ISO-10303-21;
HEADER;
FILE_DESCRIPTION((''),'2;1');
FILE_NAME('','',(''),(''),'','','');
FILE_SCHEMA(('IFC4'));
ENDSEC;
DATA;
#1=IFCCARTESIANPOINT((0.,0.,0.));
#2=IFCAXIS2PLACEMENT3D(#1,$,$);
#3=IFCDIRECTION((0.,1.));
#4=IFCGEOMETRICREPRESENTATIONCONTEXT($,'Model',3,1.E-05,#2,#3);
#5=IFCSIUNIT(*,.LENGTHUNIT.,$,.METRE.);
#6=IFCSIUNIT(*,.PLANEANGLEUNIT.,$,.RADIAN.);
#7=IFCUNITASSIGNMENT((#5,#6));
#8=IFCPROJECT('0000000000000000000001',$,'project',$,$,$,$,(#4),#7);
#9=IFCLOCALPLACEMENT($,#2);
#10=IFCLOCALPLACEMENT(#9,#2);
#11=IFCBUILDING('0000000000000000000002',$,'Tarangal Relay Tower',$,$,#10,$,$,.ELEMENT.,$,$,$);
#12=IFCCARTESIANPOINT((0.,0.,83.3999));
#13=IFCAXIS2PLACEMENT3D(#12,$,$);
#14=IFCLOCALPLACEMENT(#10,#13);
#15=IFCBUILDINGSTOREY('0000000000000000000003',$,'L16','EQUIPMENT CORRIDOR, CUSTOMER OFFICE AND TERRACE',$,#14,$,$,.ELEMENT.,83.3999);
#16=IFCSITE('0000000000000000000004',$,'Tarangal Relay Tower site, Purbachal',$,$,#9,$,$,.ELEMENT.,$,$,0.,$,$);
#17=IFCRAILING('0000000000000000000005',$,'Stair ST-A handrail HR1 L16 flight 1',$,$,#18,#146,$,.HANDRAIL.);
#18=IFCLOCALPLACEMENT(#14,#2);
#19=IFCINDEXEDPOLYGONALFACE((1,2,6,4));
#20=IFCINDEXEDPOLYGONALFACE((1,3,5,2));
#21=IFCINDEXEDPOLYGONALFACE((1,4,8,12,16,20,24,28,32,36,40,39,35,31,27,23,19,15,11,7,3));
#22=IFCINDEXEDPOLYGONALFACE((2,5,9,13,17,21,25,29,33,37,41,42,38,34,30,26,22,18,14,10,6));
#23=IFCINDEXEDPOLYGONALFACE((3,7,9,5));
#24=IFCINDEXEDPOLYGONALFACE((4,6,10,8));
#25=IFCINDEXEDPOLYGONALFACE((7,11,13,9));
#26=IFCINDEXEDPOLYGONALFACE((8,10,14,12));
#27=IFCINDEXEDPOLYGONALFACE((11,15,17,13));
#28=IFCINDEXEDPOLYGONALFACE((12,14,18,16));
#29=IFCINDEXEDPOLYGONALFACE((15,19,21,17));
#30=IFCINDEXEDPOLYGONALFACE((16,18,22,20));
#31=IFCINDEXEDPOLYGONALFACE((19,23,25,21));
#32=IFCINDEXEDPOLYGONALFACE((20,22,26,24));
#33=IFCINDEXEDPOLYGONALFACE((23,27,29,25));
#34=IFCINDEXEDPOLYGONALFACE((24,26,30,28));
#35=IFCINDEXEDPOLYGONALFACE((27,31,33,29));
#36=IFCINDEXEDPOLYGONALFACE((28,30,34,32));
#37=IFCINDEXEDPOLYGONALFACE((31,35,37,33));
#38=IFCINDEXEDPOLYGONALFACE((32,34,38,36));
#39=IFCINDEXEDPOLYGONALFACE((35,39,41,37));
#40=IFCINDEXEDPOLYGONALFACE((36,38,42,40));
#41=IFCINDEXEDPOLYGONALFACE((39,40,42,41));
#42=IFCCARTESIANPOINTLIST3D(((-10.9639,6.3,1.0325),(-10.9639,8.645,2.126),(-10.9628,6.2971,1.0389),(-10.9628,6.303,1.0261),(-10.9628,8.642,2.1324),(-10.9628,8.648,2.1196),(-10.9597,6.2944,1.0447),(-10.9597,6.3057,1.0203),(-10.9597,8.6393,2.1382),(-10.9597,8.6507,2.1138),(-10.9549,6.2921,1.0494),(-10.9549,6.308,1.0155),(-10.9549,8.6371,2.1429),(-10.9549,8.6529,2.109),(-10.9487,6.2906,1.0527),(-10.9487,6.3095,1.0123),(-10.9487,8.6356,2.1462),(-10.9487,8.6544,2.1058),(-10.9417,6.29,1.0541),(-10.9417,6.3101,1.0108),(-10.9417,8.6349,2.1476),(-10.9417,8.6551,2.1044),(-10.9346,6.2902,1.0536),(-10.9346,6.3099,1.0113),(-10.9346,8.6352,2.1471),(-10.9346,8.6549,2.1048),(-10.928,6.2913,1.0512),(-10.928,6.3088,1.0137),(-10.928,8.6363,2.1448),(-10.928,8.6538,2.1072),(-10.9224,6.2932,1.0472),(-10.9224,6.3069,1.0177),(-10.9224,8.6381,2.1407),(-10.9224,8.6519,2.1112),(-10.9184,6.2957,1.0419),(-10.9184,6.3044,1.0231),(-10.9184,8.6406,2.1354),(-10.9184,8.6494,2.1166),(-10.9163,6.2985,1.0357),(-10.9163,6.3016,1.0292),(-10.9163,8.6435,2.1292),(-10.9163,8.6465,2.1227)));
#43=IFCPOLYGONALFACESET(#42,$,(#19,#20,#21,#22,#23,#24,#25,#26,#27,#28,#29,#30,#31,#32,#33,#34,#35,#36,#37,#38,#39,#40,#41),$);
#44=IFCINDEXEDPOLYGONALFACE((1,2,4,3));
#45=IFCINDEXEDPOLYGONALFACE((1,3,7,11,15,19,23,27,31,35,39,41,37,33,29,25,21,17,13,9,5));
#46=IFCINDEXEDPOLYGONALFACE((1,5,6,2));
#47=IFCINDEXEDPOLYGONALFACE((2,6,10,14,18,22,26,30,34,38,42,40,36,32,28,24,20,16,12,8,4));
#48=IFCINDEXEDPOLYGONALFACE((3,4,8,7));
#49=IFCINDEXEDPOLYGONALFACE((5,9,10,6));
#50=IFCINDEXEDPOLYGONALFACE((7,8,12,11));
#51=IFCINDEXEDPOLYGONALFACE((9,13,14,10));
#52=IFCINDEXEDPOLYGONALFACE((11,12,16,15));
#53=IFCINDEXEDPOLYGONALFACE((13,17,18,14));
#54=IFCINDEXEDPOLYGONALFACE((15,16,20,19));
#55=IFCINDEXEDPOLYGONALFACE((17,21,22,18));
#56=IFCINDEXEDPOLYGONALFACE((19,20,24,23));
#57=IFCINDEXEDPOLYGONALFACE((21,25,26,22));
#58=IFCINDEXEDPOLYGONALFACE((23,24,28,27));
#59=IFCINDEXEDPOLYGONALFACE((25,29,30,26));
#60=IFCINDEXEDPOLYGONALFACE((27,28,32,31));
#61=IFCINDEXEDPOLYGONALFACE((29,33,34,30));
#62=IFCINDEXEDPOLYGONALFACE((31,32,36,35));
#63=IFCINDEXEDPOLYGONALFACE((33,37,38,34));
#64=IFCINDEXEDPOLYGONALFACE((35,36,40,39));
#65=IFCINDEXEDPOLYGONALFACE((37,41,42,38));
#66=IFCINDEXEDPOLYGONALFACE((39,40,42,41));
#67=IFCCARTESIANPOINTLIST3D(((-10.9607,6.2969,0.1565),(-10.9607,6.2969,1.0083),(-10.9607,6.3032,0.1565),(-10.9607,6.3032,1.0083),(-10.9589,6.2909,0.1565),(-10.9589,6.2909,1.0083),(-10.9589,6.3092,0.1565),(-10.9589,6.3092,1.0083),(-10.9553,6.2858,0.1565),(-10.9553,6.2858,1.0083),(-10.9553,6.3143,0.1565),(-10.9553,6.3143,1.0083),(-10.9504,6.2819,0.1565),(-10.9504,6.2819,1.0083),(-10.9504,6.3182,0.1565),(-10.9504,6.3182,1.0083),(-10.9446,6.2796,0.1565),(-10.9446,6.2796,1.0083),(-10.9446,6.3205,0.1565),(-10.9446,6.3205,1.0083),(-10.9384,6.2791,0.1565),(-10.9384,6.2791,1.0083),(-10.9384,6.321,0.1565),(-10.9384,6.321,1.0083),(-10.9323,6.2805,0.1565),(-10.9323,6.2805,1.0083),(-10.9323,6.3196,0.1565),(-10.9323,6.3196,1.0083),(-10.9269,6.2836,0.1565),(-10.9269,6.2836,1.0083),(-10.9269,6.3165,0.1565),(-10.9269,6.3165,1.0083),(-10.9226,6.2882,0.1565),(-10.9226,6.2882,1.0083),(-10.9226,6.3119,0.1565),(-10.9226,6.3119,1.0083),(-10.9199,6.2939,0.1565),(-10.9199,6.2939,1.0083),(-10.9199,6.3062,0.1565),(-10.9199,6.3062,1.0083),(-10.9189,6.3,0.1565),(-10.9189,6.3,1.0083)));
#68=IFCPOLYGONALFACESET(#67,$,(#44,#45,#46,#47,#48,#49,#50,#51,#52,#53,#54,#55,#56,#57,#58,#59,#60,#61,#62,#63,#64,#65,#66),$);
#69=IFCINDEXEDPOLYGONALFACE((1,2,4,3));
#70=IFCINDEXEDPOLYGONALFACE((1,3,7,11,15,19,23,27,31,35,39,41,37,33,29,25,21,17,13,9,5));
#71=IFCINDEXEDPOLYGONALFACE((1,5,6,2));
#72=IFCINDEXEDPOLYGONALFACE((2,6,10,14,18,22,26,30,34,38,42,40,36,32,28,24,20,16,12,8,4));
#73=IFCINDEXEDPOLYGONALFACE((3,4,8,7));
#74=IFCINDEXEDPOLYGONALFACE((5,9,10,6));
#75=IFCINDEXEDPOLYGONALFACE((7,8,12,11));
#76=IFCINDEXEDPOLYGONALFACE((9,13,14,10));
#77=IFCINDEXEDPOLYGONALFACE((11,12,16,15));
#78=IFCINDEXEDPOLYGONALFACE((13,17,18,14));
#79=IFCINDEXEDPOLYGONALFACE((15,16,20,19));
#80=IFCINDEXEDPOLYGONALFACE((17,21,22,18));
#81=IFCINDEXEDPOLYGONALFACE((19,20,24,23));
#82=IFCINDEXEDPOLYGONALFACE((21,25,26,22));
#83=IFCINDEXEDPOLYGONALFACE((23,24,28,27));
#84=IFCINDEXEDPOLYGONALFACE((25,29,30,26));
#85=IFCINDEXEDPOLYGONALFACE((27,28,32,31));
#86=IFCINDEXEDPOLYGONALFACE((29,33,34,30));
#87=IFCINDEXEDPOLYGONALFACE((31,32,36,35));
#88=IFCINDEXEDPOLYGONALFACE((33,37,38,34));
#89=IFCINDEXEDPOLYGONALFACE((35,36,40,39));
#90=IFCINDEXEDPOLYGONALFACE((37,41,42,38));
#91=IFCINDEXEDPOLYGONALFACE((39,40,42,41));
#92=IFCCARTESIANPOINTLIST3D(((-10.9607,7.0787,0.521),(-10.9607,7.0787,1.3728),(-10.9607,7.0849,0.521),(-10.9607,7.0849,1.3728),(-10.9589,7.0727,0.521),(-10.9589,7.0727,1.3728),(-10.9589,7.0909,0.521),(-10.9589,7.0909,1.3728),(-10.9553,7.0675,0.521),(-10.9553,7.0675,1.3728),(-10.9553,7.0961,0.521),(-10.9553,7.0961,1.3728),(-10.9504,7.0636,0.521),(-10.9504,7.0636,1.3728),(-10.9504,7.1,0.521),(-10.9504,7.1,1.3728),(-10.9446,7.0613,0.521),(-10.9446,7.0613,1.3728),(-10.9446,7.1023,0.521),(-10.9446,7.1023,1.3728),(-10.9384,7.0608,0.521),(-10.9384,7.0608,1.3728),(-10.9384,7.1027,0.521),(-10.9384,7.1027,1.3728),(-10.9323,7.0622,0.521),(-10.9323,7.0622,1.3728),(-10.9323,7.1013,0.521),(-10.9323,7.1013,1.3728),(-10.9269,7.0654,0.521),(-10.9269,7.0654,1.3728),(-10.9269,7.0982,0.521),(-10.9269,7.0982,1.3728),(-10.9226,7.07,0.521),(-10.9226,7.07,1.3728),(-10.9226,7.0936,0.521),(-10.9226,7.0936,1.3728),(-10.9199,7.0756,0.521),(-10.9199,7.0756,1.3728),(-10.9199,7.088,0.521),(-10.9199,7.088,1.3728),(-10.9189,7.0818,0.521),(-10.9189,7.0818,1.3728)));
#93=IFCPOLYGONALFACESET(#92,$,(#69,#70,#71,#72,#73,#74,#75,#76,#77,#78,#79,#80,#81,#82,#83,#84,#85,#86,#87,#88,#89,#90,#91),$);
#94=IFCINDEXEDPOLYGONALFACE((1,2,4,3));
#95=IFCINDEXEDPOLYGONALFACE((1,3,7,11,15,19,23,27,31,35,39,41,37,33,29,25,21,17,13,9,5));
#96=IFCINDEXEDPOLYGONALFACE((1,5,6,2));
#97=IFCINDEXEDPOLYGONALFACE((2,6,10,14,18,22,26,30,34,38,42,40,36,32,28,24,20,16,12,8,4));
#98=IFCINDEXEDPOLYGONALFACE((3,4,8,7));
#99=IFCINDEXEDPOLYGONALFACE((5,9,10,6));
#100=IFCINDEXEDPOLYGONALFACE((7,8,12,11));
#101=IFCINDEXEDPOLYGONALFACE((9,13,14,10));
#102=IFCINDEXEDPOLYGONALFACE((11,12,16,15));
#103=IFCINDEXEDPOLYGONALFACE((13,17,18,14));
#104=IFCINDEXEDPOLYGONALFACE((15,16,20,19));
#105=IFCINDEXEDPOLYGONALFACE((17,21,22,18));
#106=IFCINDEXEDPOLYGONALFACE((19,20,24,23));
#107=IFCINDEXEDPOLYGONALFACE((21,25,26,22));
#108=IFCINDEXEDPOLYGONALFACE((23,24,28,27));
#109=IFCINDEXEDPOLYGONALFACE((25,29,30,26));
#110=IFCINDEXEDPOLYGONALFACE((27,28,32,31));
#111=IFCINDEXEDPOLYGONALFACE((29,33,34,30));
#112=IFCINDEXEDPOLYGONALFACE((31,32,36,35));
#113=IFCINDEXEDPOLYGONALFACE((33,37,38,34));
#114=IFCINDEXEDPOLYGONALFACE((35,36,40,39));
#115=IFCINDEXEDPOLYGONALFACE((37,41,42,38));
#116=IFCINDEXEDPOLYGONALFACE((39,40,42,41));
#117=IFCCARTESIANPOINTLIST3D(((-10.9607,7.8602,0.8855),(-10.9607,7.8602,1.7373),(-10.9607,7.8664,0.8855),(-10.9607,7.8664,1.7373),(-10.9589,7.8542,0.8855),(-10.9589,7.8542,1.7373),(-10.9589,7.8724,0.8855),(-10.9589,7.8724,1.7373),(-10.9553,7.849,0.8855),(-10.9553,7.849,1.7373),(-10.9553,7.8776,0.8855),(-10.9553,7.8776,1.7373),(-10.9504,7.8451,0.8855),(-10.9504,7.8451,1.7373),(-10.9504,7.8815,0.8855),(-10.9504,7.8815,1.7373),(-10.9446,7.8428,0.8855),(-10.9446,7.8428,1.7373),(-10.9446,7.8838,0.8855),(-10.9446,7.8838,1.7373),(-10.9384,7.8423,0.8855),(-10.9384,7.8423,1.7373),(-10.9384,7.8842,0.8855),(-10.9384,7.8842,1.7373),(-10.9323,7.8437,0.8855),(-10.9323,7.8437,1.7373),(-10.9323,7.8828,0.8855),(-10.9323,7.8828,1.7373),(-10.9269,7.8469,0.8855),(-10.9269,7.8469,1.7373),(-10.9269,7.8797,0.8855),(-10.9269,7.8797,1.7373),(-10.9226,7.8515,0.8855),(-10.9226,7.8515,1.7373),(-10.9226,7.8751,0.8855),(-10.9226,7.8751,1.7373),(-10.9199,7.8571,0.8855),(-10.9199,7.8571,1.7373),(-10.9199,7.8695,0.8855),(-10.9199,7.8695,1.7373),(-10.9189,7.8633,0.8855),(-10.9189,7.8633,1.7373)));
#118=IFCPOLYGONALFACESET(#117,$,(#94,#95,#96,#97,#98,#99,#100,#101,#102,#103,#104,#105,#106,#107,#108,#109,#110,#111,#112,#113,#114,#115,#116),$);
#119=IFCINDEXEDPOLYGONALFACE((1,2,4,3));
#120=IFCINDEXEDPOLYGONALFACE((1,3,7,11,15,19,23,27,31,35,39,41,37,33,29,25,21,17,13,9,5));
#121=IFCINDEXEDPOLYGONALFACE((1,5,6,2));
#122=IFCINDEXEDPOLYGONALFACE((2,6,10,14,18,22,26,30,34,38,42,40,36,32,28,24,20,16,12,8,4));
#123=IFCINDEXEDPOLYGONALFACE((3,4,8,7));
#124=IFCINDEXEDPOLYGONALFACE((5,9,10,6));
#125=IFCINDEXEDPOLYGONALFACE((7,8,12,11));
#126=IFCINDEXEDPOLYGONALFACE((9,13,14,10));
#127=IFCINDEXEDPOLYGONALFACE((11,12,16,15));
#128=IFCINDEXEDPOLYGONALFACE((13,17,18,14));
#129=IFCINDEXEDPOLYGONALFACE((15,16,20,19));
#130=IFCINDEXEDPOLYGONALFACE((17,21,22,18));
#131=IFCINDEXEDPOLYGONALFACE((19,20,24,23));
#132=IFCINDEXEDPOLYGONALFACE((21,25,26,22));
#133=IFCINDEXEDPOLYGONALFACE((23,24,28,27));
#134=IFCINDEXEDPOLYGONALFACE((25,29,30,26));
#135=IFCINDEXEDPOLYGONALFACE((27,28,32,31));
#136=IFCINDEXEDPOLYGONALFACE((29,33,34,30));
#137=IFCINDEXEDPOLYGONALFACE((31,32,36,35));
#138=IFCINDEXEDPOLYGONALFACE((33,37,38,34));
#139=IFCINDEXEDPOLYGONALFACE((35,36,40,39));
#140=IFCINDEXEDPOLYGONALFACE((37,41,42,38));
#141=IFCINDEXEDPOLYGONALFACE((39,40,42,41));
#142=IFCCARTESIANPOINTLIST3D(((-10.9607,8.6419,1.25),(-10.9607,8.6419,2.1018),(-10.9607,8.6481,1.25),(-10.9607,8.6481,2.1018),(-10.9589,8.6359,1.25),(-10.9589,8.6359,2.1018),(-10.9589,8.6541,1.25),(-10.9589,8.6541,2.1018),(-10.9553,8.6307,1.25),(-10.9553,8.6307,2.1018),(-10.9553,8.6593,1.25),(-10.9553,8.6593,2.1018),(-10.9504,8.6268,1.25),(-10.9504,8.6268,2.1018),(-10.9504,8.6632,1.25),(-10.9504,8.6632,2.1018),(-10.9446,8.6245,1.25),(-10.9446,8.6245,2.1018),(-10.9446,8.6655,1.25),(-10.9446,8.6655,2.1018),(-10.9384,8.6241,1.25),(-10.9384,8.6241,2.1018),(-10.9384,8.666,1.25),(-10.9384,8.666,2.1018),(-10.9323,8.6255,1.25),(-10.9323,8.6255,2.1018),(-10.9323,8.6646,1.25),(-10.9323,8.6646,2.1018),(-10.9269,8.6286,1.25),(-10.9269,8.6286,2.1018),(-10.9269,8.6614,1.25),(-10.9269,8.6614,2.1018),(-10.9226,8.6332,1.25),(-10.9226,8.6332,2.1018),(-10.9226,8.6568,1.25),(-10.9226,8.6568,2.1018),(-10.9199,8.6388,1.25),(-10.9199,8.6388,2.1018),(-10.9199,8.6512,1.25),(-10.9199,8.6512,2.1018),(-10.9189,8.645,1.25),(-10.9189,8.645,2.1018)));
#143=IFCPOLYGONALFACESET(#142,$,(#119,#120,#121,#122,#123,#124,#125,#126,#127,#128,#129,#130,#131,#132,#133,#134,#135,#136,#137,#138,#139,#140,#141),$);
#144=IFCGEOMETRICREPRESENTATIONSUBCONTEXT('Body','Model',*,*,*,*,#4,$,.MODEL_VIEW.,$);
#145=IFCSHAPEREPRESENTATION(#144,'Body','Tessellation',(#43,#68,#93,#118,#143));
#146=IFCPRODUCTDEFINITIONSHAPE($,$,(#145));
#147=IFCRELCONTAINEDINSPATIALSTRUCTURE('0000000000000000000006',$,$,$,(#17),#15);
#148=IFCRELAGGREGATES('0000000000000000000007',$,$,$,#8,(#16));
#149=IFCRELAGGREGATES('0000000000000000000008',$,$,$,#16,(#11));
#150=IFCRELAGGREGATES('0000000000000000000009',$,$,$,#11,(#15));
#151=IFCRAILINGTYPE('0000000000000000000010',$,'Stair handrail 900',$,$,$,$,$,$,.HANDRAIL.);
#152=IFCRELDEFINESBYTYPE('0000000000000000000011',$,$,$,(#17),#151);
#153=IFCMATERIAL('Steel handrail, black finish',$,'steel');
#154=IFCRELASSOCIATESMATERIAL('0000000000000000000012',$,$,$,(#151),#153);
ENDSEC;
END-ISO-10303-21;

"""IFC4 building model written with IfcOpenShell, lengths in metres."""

from ifc_helpers import new_model, si_unit, direction, frame, origin, origin_2d, place, context, subcontext, project, spatial, circle, extrude, material, type_object, element, save


model = new_model("IFC4")

# Units and contexts
model_context = context("Model", 3, precision=1e-05, world=origin(), true_north=direction((0.0, 1.0)))
body_context = subcontext(model_context, "Body", "Model", "MODEL_VIEW")
ifc_project = project(units=[si_unit("LENGTHUNIT", "METRE"), si_unit("PLANEANGLEUNIT", "RADIAN")], contexts=[model_context])

# Site, building, storey
site_placement = place(None, origin())
site = spatial("IfcSite", under=ifc_project, at=site_placement, Name="Tarangal Relay Tower site, Purbachal", CompositionType="ELEMENT", RefElevation=0.0)
building_placement = place(site_placement, origin())
building = spatial("IfcBuilding", under=site, at=building_placement, Name="Tarangal Relay Tower", CompositionType="ELEMENT")
storey_placement = place(building_placement, frame((0.0, 0.0, 83.3999)))
storey = spatial("IfcBuildingStorey", under=building, at=storey_placement, Name="L16", Description="EQUIPMENT CORRIDOR, CUSTOMER OFFICE AND TERRACE", CompositionType="ELEMENT", Elevation=83.3999)

# Railing
ifc_material_1 = material(Name="Steel handrail, black finish", Category="steel")
railing_type = type_object("IfcRailingType", Name="Stair handrail 900", PredefinedType="HANDRAIL", material=ifc_material_1)
for number, where, name in (
    (1, (-10.9399, 6.3, 0.1565), "Stair ST-A handrail HR1 L16 flight 1"),
):
    element("IfcRailing", number, at=place(storey_placement, frame(where)), inside=storey, type_object=railing_type, Name=name, PredefinedType="HANDRAIL", context=body_context, shape_type="SweptSolid", body=[
        extrude(circle(Radius=0.0239, at=origin_2d()), frame((0.0, 0.0, 0.876), z_axis=(0.0, 0.906304, 0.422627), x_axis=(-1.0, 0.0, 0.0)), (0.0, 0.0, 1.0), 2.5874),
        extrude(circle(Radius=0.021, at=origin_2d()), origin(), (0.0, 0.0, 1.0), 0.8518),
        extrude(circle(Radius=0.021, at=origin_2d()), frame((0.0, 0.7817, 0.3645)), (0.0, 0.0, 1.0), 0.8518),
        extrude(circle(Radius=0.021, at=origin_2d()), frame((0.0, 1.5632, 0.729)), (0.0, 0.0, 1.0), 0.8518),
        extrude(circle(Radius=0.021, at=origin_2d()), frame((0.0, 2.345, 1.0935)), (0.0, 0.0, 1.0), 0.8518),
    ])

save(model, "model.ifc")
